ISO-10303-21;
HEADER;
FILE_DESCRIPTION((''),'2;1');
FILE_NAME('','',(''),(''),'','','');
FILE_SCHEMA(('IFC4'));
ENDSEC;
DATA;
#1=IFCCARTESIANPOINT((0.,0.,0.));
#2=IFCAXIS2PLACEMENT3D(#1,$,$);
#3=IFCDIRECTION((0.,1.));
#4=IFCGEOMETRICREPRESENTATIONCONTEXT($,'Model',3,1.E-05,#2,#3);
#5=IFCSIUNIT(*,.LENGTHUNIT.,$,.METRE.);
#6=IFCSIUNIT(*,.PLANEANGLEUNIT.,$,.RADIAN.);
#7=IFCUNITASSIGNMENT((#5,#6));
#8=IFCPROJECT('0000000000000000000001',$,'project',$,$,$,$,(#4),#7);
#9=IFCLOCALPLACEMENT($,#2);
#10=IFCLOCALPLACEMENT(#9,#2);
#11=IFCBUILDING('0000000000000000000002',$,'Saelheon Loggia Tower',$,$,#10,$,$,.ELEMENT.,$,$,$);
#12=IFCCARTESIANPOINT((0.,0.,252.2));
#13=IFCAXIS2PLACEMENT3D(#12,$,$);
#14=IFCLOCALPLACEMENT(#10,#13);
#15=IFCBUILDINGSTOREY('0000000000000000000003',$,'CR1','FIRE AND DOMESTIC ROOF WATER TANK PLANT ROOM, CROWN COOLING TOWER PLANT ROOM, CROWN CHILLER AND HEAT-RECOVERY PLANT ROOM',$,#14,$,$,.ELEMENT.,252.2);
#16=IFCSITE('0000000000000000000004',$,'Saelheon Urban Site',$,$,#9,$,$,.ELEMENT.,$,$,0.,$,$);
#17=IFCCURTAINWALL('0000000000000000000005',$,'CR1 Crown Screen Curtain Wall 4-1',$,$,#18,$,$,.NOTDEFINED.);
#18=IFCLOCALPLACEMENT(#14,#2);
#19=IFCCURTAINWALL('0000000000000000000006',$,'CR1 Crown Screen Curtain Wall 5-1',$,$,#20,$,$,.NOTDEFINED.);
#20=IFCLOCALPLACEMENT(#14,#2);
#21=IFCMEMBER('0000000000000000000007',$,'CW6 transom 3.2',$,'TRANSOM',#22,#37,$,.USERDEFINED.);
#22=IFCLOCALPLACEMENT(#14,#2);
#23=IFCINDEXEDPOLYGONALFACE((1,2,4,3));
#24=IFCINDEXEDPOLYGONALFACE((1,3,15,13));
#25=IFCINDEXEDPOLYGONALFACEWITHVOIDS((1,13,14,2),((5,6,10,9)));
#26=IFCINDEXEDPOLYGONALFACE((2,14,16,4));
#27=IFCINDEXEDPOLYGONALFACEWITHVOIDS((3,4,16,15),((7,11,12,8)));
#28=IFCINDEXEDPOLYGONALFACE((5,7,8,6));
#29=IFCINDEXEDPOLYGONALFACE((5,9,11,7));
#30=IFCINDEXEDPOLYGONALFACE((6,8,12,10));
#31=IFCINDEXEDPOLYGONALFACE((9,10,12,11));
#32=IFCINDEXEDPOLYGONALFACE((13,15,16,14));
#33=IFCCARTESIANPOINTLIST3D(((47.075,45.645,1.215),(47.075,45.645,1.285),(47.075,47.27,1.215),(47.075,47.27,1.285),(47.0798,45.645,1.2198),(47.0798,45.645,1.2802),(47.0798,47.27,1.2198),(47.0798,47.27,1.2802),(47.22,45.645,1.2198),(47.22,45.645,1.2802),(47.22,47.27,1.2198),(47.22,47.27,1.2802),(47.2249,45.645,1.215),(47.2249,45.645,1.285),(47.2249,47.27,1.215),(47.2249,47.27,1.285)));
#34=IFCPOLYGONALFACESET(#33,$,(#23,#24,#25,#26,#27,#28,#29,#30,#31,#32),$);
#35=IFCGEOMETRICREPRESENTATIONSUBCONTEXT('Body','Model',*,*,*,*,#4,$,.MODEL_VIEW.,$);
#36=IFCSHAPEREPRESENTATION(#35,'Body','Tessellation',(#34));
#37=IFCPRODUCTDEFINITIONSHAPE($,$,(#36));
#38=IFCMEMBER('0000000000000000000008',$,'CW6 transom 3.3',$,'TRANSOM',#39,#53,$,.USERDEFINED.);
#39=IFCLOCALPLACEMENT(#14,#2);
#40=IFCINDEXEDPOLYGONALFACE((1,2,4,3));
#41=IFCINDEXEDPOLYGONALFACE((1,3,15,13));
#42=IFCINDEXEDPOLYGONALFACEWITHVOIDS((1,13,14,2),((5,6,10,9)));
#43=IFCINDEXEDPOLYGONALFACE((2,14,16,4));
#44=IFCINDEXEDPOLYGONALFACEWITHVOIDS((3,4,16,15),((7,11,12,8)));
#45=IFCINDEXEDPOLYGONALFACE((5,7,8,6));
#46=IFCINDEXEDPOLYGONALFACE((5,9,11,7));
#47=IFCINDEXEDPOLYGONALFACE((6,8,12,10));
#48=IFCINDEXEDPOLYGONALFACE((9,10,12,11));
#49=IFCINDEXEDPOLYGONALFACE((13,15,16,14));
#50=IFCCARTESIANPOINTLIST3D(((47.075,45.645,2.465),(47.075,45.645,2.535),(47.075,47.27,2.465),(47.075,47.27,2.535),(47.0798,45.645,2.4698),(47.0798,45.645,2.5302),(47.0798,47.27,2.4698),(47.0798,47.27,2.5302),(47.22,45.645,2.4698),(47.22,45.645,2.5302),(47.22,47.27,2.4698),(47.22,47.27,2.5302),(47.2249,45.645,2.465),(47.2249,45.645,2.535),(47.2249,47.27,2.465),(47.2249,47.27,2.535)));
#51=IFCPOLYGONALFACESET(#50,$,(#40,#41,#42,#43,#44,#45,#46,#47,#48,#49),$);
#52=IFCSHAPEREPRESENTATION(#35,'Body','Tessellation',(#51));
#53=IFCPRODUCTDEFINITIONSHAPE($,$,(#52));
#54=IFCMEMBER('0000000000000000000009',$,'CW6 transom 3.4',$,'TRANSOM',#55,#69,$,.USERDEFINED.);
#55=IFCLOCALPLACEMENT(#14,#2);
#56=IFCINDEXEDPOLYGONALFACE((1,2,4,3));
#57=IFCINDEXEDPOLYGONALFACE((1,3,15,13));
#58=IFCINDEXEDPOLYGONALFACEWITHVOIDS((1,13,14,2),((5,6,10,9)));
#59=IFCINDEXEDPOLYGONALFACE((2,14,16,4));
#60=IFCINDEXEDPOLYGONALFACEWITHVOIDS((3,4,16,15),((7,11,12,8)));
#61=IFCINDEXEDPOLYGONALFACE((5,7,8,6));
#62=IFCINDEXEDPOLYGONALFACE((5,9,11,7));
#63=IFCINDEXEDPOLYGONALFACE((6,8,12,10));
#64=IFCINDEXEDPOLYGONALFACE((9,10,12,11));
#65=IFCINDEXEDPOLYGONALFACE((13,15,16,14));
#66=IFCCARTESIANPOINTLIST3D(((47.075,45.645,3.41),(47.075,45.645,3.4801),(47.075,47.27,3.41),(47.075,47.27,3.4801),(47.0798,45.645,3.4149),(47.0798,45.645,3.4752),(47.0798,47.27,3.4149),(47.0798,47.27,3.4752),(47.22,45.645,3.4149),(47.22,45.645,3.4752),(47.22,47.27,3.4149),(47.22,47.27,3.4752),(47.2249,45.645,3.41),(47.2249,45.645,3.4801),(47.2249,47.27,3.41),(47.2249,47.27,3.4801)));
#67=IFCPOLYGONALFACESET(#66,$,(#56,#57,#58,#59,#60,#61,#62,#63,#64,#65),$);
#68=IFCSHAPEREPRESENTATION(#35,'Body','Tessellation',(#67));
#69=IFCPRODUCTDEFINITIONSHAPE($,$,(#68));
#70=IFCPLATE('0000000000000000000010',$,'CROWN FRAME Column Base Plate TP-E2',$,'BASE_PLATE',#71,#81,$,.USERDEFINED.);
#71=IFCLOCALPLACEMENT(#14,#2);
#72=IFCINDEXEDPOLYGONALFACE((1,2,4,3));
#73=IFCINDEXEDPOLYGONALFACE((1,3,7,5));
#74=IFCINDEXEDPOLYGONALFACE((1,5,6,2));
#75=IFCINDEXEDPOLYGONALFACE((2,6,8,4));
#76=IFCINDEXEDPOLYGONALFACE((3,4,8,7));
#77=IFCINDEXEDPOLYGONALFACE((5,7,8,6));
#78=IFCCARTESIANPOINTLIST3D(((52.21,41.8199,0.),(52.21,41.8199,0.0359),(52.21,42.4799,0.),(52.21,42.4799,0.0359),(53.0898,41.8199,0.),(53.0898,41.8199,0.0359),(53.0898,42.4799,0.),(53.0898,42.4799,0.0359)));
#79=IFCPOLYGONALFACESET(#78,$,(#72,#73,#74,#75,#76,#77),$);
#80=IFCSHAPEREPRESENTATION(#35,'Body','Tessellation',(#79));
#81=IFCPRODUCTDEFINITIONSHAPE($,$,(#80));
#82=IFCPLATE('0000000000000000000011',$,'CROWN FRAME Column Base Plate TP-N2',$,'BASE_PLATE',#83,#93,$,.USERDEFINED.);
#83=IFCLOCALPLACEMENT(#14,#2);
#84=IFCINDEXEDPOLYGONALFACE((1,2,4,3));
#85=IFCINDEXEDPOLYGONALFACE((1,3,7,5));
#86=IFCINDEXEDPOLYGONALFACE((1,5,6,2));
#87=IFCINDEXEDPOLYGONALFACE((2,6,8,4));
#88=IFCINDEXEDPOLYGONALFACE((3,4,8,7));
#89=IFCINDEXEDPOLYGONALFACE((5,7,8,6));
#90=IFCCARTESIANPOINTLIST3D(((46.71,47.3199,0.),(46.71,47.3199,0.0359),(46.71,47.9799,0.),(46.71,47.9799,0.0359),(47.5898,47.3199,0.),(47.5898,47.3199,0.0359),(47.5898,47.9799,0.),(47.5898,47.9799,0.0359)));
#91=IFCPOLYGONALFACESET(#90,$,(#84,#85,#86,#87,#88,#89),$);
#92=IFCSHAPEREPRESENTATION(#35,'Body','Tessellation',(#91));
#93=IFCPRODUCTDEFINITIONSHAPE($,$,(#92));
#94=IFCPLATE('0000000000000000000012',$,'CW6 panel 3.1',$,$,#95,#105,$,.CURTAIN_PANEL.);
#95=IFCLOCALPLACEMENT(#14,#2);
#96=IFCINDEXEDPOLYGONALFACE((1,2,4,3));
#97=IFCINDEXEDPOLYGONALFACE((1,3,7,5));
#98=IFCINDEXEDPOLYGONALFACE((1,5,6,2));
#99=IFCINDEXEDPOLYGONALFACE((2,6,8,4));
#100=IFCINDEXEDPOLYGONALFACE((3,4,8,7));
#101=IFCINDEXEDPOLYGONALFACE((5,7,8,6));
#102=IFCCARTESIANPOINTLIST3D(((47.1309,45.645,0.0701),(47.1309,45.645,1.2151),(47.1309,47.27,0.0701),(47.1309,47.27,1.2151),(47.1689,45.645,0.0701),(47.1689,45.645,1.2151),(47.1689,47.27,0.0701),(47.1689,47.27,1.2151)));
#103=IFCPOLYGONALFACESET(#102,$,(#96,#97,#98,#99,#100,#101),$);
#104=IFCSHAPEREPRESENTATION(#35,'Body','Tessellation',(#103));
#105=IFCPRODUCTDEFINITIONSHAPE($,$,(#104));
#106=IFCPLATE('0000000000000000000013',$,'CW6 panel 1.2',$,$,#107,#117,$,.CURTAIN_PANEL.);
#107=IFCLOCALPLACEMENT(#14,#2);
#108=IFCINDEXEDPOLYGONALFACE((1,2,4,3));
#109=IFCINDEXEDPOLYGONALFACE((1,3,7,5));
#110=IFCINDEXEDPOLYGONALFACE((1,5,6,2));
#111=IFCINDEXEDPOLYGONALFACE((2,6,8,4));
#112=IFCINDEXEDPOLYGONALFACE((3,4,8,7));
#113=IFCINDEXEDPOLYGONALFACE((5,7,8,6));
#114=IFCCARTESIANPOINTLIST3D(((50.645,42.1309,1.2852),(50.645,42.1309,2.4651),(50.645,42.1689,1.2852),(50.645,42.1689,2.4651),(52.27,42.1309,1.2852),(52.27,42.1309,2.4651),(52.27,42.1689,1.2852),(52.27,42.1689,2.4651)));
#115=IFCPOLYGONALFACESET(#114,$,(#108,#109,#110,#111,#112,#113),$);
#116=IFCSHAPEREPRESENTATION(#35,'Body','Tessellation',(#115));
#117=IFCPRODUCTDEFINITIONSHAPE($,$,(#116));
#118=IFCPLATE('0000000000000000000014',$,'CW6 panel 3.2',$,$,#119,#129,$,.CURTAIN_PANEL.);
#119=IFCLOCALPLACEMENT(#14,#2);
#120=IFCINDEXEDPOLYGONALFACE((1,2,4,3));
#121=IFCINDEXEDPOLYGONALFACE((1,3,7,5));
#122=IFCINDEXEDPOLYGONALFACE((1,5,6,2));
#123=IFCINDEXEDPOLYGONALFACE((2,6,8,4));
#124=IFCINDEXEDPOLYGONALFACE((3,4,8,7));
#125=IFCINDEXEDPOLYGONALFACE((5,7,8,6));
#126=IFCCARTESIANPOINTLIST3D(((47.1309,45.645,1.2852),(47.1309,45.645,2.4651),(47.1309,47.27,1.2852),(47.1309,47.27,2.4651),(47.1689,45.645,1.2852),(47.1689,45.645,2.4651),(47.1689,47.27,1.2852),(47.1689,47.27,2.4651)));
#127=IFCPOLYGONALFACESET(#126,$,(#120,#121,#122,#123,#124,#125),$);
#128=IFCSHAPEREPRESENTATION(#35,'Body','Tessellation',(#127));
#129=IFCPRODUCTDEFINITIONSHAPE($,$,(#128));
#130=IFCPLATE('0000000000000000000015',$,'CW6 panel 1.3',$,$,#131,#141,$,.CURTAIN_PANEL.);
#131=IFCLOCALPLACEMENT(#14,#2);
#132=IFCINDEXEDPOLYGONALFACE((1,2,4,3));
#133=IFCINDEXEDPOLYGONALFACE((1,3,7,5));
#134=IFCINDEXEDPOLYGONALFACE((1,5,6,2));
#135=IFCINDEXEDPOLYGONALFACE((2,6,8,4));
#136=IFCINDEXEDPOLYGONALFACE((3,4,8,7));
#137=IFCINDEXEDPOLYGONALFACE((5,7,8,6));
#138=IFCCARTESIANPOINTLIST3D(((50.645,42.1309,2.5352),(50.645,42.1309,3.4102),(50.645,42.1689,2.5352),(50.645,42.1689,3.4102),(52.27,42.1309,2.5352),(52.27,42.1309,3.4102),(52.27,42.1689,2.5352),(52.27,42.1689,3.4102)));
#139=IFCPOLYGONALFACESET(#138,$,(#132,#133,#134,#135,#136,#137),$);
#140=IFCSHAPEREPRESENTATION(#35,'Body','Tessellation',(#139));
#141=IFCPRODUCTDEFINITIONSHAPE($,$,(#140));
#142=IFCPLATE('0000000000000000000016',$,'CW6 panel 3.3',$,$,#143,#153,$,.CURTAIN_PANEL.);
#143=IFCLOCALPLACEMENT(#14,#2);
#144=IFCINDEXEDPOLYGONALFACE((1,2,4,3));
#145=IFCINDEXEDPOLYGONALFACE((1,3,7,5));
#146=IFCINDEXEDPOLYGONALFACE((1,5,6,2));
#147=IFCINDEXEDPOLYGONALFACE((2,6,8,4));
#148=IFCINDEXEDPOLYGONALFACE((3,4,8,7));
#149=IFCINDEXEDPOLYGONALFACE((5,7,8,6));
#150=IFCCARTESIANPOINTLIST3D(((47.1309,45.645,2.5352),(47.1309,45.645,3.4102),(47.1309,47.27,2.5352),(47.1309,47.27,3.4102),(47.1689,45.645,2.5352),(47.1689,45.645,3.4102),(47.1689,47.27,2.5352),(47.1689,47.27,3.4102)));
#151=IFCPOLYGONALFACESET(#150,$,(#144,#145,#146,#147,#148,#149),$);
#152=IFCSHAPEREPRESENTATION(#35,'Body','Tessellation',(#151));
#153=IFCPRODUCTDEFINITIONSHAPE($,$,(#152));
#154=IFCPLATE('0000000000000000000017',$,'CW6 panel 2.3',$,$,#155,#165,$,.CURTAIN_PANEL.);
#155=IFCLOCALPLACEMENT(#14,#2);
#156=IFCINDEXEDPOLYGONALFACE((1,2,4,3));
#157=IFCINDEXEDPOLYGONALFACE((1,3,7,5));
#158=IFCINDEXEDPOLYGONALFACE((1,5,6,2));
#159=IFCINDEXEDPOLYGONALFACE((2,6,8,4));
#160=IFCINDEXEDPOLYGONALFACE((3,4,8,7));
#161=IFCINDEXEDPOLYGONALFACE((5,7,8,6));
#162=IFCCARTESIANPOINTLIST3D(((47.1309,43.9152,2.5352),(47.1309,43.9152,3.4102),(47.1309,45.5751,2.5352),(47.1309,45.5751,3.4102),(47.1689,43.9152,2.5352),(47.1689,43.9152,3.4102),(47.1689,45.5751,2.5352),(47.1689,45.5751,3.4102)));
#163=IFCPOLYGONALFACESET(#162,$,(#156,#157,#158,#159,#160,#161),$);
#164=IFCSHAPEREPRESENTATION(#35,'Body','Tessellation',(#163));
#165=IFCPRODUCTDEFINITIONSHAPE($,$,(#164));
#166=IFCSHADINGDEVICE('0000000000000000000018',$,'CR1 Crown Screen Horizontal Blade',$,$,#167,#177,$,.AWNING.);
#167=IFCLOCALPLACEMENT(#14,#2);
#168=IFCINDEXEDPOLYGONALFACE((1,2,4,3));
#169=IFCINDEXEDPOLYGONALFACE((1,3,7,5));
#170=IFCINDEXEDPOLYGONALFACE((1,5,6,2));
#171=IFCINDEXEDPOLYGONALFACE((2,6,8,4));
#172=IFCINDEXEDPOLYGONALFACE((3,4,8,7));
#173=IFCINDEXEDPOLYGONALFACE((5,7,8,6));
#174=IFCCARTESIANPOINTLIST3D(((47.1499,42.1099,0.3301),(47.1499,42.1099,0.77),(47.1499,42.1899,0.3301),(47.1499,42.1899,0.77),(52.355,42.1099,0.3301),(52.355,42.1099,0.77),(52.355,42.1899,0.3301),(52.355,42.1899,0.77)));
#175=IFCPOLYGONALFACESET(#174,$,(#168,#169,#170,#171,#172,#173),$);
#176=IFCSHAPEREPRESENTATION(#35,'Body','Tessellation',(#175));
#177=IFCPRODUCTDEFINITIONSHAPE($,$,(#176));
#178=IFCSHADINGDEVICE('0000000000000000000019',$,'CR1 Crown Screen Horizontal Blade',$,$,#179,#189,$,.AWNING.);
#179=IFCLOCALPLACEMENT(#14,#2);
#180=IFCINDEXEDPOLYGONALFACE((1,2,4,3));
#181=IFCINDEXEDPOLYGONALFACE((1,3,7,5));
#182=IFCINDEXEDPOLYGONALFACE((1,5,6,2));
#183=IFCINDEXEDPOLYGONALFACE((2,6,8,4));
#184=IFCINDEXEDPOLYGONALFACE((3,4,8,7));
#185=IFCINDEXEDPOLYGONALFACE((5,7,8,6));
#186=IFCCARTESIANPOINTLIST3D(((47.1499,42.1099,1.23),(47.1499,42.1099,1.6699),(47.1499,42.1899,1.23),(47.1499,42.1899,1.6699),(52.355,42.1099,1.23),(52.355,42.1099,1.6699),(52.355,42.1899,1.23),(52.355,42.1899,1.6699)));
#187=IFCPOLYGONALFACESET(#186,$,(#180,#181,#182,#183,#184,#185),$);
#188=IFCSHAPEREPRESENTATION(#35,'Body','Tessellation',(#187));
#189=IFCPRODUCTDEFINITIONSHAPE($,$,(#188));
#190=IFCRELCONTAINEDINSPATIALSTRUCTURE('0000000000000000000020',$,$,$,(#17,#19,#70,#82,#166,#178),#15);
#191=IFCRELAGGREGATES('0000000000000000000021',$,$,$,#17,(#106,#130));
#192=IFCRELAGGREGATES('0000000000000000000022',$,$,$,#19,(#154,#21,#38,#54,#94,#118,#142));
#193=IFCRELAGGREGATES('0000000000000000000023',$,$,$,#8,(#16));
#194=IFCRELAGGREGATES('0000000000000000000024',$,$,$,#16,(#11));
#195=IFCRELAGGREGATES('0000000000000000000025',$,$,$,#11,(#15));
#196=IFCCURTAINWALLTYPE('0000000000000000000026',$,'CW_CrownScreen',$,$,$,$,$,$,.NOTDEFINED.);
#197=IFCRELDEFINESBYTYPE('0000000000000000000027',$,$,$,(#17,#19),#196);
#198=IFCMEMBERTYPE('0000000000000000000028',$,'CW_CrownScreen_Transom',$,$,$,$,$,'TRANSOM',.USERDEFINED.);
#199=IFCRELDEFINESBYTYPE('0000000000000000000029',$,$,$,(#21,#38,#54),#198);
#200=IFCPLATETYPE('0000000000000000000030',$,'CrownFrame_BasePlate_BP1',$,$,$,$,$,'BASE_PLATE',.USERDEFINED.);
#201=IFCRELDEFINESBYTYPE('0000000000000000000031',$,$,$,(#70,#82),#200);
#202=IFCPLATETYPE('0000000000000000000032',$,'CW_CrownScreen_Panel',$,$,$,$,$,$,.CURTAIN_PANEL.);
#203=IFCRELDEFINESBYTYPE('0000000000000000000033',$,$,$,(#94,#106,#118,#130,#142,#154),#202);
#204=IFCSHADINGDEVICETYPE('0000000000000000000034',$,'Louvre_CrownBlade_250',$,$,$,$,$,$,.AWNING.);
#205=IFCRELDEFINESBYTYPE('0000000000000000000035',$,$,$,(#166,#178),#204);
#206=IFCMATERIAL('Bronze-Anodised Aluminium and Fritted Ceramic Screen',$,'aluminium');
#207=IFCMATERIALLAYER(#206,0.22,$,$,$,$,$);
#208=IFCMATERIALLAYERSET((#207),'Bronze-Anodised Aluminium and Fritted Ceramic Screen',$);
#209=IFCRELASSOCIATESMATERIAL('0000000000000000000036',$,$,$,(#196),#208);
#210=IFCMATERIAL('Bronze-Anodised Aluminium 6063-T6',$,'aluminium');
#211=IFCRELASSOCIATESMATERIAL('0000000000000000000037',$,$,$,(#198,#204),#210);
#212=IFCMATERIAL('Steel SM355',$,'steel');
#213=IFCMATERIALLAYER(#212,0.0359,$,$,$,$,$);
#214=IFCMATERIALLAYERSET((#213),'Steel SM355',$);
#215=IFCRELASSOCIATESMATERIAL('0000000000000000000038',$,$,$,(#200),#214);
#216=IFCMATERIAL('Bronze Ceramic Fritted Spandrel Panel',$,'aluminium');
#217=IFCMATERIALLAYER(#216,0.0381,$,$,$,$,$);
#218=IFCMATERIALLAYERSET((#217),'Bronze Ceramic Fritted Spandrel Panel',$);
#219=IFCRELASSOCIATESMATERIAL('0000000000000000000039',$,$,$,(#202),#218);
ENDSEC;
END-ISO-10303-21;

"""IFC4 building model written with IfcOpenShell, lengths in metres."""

from ifc_helpers import new_model, si_unit, direction, frame, origin, origin_2d, place, context, subcontext, project, spatial, rectangle, hollow_rectangle, extrude, source, transform, mapped, material, layer, layer_set, material_profile, profile_set, type_object, element, aggregate, save


model = new_model("IFC4")

# Units and contexts
model_context = context("Model", 3, precision=1e-05, world=origin(), true_north=direction((0.0, 1.0)))
body_context = subcontext(model_context, "Body", "Model", "MODEL_VIEW")
ifc_project = project(units=[si_unit("LENGTHUNIT", "METRE"), si_unit("PLANEANGLEUNIT", "RADIAN")], contexts=[model_context])

# Site, building, storey
site_placement = place(None, origin())
site = spatial("IfcSite", under=ifc_project, at=site_placement, Name="Saelheon Urban Site", CompositionType="ELEMENT", RefElevation=0.0)
building_placement = place(site_placement, origin())
building = spatial("IfcBuilding", under=site, at=building_placement, Name="Saelheon Loggia Tower", CompositionType="ELEMENT")
storey_placement = place(building_placement, frame((0.0, 0.0, 252.2)))
storey = spatial("IfcBuildingStorey", under=building, at=storey_placement, Name="CR1", Description="FIRE AND DOMESTIC ROOF WATER TANK PLANT ROOM, CROWN COOLING TOWER PLANT ROOM, CROWN CHILLER AND HEAT-RECOVERY PLANT ROOM", CompositionType="ELEMENT", Elevation=252.2)

# Curtain wall
ifc_material_1 = material(Name="Bronze-Anodised Aluminium and Fritted Ceramic Screen", Category="aluminium")
ifc_layer_1 = layer(ifc_material_1, 0.22)
ifc_layer_set_1 = layer_set([ifc_layer_1], Name="Bronze-Anodised Aluminium and Fritted Ceramic Screen")
curtain_wall_type = type_object("IfcCurtainWallType", Name="CW_CrownScreen", PredefinedType="NOTDEFINED", material=ifc_layer_set_1)
curtain_wall_1_placement = place(storey_placement, origin())
curtain_wall_1 = element("IfcCurtainWall", 1, at=curtain_wall_1_placement, inside=storey, type_object=curtain_wall_type, Name="CR1 Crown Screen Curtain Wall 4-1", PredefinedType="NOTDEFINED")
ifc_material_2 = material(Name="Bronze-Anodised Aluminium 6063-T6", Category="aluminium")

# Curtain wall
curtain_wall_2_placement = place(storey_placement, origin())
curtain_wall_2 = element("IfcCurtainWall", 2, at=curtain_wall_2_placement, inside=storey, type_object=curtain_wall_type, Name="CR1 Crown Screen Curtain Wall 5-1", PredefinedType="NOTDEFINED")

# Members
ifc_material_profile_1 = material_profile(ifc_material_2, hollow_rectangle(XDim=0.0701, YDim=0.1499, WallThickness=0.0049, at=origin_2d()), Name="RHS-150x70x5")
ifc_profile_set_1 = profile_set([ifc_material_profile_1], Name="Bronze-Anodised Aluminium 6063-T6")
member_type_1 = type_object("IfcMemberType", Name="CW_CrownScreen_Transom", ElementType="TRANSOM", PredefinedType="USERDEFINED", material=ifc_profile_set_1)
shared_shape_1 = source(origin(), body_context, "Body", "SweptSolid", [
    extrude(hollow_rectangle(XDim=0.0701, YDim=0.1499, WallThickness=0.0049, at=origin_2d()), origin(), (0.0, 0.0, 1.0), 1.625),
])
member_1_placement = place(storey_placement, frame((47.1499, 45.645, 1.25), z_axis=(0.0, 1.0, 0.0), x_axis=(0.0, 0.0, 1.0)))
member_1 = element("IfcMember", 3, at=member_1_placement, type_object=member_type_1, Name="CW6 transom 3.2", ObjectType="TRANSOM", PredefinedType="USERDEFINED", context=body_context, shape_type="MappedRepresentation", body=[
    mapped(shared_shape_1, transform((0.0, 0.0, 0.0), scale=1.0)),
])
member_2_placement = place(storey_placement, frame((47.1499, 45.645, 2.5), z_axis=(0.0, 1.0, 0.0), x_axis=(0.0, 0.0, 1.0)))
member_2 = element("IfcMember", 4, at=member_2_placement, type_object=member_type_1, Name="CW6 transom 3.3", ObjectType="TRANSOM", PredefinedType="USERDEFINED", context=body_context, shape_type="MappedRepresentation", body=[
    mapped(shared_shape_1, transform((0.0, 0.0, 0.0), scale=1.0)),
])
member_3_placement = place(storey_placement, frame((47.1499, 45.645, 3.4451), z_axis=(0.0, 1.0, 0.0), x_axis=(0.0, 0.0, 1.0)))
member_3 = element("IfcMember", 5, at=member_3_placement, type_object=member_type_1, Name="CW6 transom 3.4", ObjectType="TRANSOM", PredefinedType="USERDEFINED", context=body_context, shape_type="MappedRepresentation", body=[
    mapped(shared_shape_1, transform((0.0, 0.0, 0.0), scale=1.0)),
])

# Plates
ifc_material_3 = material(Name="Steel SM355", Category="steel")
ifc_layer_2 = layer(ifc_material_3, 0.0359)
ifc_layer_set_2 = layer_set([ifc_layer_2], Name="Steel SM355")
plate_type_1 = type_object("IfcPlateType", Name="CrownFrame_BasePlate_BP1", ElementType="BASE_PLATE", PredefinedType="USERDEFINED", material=ifc_layer_set_2)
shared_shape_2 = source(origin(), body_context, "Body", "SweptSolid", [
    extrude(rectangle(XDim=0.8799, YDim=0.6599, at=origin_2d()), origin(), (0.0, 0.0, 1.0), 0.0359),
])
for number, where, z_axis, x_axis, name in (
    (6, (52.6499, 42.1499, 0.0), (0.0, 0.0, 1.0), (1.0, 0.0, 0.0), "CROWN FRAME Column Base Plate TP-E2"),
    (7, (47.1499, 47.6499, 0.0), (0.0, 0.0, 1.0), (1.0, 0.0, 0.0), "CROWN FRAME Column Base Plate TP-N2"),
):
    element("IfcPlate", number, at=place(storey_placement, frame(where, z_axis=z_axis, x_axis=x_axis)), inside=storey, type_object=plate_type_1, Name=name, ObjectType="BASE_PLATE", PredefinedType="USERDEFINED", context=body_context, shape_type="MappedRepresentation", body=[
        mapped(shared_shape_2, transform((0.0, 0.0, 0.0), scale=1.0)),
    ])

# Plates
ifc_material_4 = material(Name="Bronze Ceramic Fritted Spandrel Panel", Category="aluminium")
ifc_layer_3 = layer(ifc_material_4, 0.0381)
ifc_layer_set_3 = layer_set([ifc_layer_3], Name="Bronze Ceramic Fritted Spandrel Panel")
plate_type_2 = type_object("IfcPlateType", Name="CW_CrownScreen_Panel", PredefinedType="CURTAIN_PANEL", material=ifc_layer_set_3)
shared_shape_3 = source(origin(), body_context, "Body", "SweptSolid", [
    extrude(rectangle(XDim=1.625, YDim=0.0381, at=origin_2d()), origin(), (0.0, 0.0, 1.0), 1.145),
])
plate_1_placement = place(storey_placement, frame((47.1499, 46.4575, 0.0701), z_axis=(0.0, 0.0, 1.0), x_axis=(0.0, 1.0, 0.0)))
plate_1 = element("IfcPlate", 8, at=plate_1_placement, type_object=plate_type_2, Name="CW6 panel 3.1", PredefinedType="CURTAIN_PANEL", context=body_context, shape_type="MappedRepresentation", body=[
    mapped(shared_shape_3, transform((0.0, 0.0, 0.0), scale=1.0)),
])
shared_shape_4 = source(origin(), body_context, "Body", "SweptSolid", [
    extrude(rectangle(XDim=1.625, YDim=0.0381, at=origin_2d()), origin(), (0.0, 0.0, 1.0), 1.1799),
])
plate_2_placement = place(storey_placement, frame((51.4575, 42.1499, 1.2852), z_axis=(0.0, 0.0, 1.0), x_axis=(-1.0, 0.0, 0.0)))
plate_2 = element("IfcPlate", 9, at=plate_2_placement, type_object=plate_type_2, Name="CW6 panel 1.2", PredefinedType="CURTAIN_PANEL", context=body_context, shape_type="MappedRepresentation", body=[
    mapped(shared_shape_4, transform((0.0, 0.0, 0.0), scale=1.0)),
])
plate_3_placement = place(storey_placement, frame((47.1499, 46.4575, 1.2852), z_axis=(0.0, 0.0, 1.0), x_axis=(0.0, 1.0, 0.0)))
plate_3 = element("IfcPlate", 10, at=plate_3_placement, type_object=plate_type_2, Name="CW6 panel 3.2", PredefinedType="CURTAIN_PANEL", context=body_context, shape_type="MappedRepresentation", body=[
    mapped(shared_shape_4, transform((0.0, 0.0, 0.0), scale=1.0)),
])
shared_shape_5 = source(origin(), body_context, "Body", "SweptSolid", [
    extrude(rectangle(XDim=1.625, YDim=0.0381, at=origin_2d()), origin(), (0.0, 0.0, 1.0), 0.875),
])
plate_4_placement = place(storey_placement, frame((51.4575, 42.1499, 2.5352), z_axis=(0.0, 0.0, 1.0), x_axis=(-1.0, 0.0, 0.0)))
plate_4 = element("IfcPlate", 11, at=plate_4_placement, type_object=plate_type_2, Name="CW6 panel 1.3", PredefinedType="CURTAIN_PANEL", context=body_context, shape_type="MappedRepresentation", body=[
    mapped(shared_shape_5, transform((0.0, 0.0, 0.0), scale=1.0)),
])
aggregate(curtain_wall_1, [plate_2, plate_4])
plate_5_placement = place(storey_placement, frame((47.1499, 46.4575, 2.5352), z_axis=(0.0, 0.0, 1.0), x_axis=(0.0, 1.0, 0.0)))
plate_5 = element("IfcPlate", 12, at=plate_5_placement, type_object=plate_type_2, Name="CW6 panel 3.3", PredefinedType="CURTAIN_PANEL", context=body_context, shape_type="MappedRepresentation", body=[
    mapped(shared_shape_5, transform((0.0, 0.0, 0.0), scale=1.0)),
])
shared_shape_6 = source(origin(), body_context, "Body", "SweptSolid", [
    extrude(rectangle(XDim=1.6599, YDim=0.0381, at=origin_2d()), origin(), (0.0, 0.0, 1.0), 0.875),
])
plate_6_placement = place(storey_placement, frame((47.1499, 44.7451, 2.5352), z_axis=(0.0, 0.0, 1.0), x_axis=(0.0, 1.0, 0.0)))
plate_6 = element("IfcPlate", 13, at=plate_6_placement, type_object=plate_type_2, Name="CW6 panel 2.3", PredefinedType="CURTAIN_PANEL", context=body_context, shape_type="MappedRepresentation", body=[
    mapped(shared_shape_6, transform((0.0, 0.0, 0.0), scale=1.0)),
])
aggregate(curtain_wall_2, [plate_6, member_1, member_2, member_3, plate_1, plate_3, plate_5])

# Shading devices
ifc_material_profile_2 = material_profile(ifc_material_2, rectangle(XDim=0.0801, YDim=0.4399, at=origin_2d()), Name="Louvre_CrownBlade_250")
ifc_profile_set_2 = profile_set([ifc_material_profile_2], Name="Bronze-Anodised Aluminium 6063-T6")
shading_device_type = type_object("IfcShadingDeviceType", Name="Louvre_CrownBlade_250", PredefinedType="AWNING", material=ifc_profile_set_2)
shared_shape_7 = source(origin(), body_context, "Body", "SweptSolid", [
    extrude(rectangle(XDim=0.0801, YDim=0.4399, at=origin_2d()), origin(), (0.0, 0.0, 1.0), 5.2051),
])
for number, where, z_axis, x_axis, name in (
    (14, (52.355, 42.1499, 0.55), (-1.0, 0.0, 0.0), (0.0, -1.0, 0.0), "CR1 Crown Screen Horizontal Blade"),
    (15, (52.355, 42.1499, 1.45), (-1.0, 0.0, 0.0), (0.0, -1.0, 0.0), "CR1 Crown Screen Horizontal Blade"),
):
    element("IfcShadingDevice", number, at=place(storey_placement, frame(where, z_axis=z_axis, x_axis=x_axis)), inside=storey, type_object=shading_device_type, Name=name, PredefinedType="AWNING", context=body_context, shape_type="MappedRepresentation", body=[
        mapped(shared_shape_7, transform((0.0, 0.0, 0.0), scale=1.0)),
    ])

save(model, "model.ifc")
